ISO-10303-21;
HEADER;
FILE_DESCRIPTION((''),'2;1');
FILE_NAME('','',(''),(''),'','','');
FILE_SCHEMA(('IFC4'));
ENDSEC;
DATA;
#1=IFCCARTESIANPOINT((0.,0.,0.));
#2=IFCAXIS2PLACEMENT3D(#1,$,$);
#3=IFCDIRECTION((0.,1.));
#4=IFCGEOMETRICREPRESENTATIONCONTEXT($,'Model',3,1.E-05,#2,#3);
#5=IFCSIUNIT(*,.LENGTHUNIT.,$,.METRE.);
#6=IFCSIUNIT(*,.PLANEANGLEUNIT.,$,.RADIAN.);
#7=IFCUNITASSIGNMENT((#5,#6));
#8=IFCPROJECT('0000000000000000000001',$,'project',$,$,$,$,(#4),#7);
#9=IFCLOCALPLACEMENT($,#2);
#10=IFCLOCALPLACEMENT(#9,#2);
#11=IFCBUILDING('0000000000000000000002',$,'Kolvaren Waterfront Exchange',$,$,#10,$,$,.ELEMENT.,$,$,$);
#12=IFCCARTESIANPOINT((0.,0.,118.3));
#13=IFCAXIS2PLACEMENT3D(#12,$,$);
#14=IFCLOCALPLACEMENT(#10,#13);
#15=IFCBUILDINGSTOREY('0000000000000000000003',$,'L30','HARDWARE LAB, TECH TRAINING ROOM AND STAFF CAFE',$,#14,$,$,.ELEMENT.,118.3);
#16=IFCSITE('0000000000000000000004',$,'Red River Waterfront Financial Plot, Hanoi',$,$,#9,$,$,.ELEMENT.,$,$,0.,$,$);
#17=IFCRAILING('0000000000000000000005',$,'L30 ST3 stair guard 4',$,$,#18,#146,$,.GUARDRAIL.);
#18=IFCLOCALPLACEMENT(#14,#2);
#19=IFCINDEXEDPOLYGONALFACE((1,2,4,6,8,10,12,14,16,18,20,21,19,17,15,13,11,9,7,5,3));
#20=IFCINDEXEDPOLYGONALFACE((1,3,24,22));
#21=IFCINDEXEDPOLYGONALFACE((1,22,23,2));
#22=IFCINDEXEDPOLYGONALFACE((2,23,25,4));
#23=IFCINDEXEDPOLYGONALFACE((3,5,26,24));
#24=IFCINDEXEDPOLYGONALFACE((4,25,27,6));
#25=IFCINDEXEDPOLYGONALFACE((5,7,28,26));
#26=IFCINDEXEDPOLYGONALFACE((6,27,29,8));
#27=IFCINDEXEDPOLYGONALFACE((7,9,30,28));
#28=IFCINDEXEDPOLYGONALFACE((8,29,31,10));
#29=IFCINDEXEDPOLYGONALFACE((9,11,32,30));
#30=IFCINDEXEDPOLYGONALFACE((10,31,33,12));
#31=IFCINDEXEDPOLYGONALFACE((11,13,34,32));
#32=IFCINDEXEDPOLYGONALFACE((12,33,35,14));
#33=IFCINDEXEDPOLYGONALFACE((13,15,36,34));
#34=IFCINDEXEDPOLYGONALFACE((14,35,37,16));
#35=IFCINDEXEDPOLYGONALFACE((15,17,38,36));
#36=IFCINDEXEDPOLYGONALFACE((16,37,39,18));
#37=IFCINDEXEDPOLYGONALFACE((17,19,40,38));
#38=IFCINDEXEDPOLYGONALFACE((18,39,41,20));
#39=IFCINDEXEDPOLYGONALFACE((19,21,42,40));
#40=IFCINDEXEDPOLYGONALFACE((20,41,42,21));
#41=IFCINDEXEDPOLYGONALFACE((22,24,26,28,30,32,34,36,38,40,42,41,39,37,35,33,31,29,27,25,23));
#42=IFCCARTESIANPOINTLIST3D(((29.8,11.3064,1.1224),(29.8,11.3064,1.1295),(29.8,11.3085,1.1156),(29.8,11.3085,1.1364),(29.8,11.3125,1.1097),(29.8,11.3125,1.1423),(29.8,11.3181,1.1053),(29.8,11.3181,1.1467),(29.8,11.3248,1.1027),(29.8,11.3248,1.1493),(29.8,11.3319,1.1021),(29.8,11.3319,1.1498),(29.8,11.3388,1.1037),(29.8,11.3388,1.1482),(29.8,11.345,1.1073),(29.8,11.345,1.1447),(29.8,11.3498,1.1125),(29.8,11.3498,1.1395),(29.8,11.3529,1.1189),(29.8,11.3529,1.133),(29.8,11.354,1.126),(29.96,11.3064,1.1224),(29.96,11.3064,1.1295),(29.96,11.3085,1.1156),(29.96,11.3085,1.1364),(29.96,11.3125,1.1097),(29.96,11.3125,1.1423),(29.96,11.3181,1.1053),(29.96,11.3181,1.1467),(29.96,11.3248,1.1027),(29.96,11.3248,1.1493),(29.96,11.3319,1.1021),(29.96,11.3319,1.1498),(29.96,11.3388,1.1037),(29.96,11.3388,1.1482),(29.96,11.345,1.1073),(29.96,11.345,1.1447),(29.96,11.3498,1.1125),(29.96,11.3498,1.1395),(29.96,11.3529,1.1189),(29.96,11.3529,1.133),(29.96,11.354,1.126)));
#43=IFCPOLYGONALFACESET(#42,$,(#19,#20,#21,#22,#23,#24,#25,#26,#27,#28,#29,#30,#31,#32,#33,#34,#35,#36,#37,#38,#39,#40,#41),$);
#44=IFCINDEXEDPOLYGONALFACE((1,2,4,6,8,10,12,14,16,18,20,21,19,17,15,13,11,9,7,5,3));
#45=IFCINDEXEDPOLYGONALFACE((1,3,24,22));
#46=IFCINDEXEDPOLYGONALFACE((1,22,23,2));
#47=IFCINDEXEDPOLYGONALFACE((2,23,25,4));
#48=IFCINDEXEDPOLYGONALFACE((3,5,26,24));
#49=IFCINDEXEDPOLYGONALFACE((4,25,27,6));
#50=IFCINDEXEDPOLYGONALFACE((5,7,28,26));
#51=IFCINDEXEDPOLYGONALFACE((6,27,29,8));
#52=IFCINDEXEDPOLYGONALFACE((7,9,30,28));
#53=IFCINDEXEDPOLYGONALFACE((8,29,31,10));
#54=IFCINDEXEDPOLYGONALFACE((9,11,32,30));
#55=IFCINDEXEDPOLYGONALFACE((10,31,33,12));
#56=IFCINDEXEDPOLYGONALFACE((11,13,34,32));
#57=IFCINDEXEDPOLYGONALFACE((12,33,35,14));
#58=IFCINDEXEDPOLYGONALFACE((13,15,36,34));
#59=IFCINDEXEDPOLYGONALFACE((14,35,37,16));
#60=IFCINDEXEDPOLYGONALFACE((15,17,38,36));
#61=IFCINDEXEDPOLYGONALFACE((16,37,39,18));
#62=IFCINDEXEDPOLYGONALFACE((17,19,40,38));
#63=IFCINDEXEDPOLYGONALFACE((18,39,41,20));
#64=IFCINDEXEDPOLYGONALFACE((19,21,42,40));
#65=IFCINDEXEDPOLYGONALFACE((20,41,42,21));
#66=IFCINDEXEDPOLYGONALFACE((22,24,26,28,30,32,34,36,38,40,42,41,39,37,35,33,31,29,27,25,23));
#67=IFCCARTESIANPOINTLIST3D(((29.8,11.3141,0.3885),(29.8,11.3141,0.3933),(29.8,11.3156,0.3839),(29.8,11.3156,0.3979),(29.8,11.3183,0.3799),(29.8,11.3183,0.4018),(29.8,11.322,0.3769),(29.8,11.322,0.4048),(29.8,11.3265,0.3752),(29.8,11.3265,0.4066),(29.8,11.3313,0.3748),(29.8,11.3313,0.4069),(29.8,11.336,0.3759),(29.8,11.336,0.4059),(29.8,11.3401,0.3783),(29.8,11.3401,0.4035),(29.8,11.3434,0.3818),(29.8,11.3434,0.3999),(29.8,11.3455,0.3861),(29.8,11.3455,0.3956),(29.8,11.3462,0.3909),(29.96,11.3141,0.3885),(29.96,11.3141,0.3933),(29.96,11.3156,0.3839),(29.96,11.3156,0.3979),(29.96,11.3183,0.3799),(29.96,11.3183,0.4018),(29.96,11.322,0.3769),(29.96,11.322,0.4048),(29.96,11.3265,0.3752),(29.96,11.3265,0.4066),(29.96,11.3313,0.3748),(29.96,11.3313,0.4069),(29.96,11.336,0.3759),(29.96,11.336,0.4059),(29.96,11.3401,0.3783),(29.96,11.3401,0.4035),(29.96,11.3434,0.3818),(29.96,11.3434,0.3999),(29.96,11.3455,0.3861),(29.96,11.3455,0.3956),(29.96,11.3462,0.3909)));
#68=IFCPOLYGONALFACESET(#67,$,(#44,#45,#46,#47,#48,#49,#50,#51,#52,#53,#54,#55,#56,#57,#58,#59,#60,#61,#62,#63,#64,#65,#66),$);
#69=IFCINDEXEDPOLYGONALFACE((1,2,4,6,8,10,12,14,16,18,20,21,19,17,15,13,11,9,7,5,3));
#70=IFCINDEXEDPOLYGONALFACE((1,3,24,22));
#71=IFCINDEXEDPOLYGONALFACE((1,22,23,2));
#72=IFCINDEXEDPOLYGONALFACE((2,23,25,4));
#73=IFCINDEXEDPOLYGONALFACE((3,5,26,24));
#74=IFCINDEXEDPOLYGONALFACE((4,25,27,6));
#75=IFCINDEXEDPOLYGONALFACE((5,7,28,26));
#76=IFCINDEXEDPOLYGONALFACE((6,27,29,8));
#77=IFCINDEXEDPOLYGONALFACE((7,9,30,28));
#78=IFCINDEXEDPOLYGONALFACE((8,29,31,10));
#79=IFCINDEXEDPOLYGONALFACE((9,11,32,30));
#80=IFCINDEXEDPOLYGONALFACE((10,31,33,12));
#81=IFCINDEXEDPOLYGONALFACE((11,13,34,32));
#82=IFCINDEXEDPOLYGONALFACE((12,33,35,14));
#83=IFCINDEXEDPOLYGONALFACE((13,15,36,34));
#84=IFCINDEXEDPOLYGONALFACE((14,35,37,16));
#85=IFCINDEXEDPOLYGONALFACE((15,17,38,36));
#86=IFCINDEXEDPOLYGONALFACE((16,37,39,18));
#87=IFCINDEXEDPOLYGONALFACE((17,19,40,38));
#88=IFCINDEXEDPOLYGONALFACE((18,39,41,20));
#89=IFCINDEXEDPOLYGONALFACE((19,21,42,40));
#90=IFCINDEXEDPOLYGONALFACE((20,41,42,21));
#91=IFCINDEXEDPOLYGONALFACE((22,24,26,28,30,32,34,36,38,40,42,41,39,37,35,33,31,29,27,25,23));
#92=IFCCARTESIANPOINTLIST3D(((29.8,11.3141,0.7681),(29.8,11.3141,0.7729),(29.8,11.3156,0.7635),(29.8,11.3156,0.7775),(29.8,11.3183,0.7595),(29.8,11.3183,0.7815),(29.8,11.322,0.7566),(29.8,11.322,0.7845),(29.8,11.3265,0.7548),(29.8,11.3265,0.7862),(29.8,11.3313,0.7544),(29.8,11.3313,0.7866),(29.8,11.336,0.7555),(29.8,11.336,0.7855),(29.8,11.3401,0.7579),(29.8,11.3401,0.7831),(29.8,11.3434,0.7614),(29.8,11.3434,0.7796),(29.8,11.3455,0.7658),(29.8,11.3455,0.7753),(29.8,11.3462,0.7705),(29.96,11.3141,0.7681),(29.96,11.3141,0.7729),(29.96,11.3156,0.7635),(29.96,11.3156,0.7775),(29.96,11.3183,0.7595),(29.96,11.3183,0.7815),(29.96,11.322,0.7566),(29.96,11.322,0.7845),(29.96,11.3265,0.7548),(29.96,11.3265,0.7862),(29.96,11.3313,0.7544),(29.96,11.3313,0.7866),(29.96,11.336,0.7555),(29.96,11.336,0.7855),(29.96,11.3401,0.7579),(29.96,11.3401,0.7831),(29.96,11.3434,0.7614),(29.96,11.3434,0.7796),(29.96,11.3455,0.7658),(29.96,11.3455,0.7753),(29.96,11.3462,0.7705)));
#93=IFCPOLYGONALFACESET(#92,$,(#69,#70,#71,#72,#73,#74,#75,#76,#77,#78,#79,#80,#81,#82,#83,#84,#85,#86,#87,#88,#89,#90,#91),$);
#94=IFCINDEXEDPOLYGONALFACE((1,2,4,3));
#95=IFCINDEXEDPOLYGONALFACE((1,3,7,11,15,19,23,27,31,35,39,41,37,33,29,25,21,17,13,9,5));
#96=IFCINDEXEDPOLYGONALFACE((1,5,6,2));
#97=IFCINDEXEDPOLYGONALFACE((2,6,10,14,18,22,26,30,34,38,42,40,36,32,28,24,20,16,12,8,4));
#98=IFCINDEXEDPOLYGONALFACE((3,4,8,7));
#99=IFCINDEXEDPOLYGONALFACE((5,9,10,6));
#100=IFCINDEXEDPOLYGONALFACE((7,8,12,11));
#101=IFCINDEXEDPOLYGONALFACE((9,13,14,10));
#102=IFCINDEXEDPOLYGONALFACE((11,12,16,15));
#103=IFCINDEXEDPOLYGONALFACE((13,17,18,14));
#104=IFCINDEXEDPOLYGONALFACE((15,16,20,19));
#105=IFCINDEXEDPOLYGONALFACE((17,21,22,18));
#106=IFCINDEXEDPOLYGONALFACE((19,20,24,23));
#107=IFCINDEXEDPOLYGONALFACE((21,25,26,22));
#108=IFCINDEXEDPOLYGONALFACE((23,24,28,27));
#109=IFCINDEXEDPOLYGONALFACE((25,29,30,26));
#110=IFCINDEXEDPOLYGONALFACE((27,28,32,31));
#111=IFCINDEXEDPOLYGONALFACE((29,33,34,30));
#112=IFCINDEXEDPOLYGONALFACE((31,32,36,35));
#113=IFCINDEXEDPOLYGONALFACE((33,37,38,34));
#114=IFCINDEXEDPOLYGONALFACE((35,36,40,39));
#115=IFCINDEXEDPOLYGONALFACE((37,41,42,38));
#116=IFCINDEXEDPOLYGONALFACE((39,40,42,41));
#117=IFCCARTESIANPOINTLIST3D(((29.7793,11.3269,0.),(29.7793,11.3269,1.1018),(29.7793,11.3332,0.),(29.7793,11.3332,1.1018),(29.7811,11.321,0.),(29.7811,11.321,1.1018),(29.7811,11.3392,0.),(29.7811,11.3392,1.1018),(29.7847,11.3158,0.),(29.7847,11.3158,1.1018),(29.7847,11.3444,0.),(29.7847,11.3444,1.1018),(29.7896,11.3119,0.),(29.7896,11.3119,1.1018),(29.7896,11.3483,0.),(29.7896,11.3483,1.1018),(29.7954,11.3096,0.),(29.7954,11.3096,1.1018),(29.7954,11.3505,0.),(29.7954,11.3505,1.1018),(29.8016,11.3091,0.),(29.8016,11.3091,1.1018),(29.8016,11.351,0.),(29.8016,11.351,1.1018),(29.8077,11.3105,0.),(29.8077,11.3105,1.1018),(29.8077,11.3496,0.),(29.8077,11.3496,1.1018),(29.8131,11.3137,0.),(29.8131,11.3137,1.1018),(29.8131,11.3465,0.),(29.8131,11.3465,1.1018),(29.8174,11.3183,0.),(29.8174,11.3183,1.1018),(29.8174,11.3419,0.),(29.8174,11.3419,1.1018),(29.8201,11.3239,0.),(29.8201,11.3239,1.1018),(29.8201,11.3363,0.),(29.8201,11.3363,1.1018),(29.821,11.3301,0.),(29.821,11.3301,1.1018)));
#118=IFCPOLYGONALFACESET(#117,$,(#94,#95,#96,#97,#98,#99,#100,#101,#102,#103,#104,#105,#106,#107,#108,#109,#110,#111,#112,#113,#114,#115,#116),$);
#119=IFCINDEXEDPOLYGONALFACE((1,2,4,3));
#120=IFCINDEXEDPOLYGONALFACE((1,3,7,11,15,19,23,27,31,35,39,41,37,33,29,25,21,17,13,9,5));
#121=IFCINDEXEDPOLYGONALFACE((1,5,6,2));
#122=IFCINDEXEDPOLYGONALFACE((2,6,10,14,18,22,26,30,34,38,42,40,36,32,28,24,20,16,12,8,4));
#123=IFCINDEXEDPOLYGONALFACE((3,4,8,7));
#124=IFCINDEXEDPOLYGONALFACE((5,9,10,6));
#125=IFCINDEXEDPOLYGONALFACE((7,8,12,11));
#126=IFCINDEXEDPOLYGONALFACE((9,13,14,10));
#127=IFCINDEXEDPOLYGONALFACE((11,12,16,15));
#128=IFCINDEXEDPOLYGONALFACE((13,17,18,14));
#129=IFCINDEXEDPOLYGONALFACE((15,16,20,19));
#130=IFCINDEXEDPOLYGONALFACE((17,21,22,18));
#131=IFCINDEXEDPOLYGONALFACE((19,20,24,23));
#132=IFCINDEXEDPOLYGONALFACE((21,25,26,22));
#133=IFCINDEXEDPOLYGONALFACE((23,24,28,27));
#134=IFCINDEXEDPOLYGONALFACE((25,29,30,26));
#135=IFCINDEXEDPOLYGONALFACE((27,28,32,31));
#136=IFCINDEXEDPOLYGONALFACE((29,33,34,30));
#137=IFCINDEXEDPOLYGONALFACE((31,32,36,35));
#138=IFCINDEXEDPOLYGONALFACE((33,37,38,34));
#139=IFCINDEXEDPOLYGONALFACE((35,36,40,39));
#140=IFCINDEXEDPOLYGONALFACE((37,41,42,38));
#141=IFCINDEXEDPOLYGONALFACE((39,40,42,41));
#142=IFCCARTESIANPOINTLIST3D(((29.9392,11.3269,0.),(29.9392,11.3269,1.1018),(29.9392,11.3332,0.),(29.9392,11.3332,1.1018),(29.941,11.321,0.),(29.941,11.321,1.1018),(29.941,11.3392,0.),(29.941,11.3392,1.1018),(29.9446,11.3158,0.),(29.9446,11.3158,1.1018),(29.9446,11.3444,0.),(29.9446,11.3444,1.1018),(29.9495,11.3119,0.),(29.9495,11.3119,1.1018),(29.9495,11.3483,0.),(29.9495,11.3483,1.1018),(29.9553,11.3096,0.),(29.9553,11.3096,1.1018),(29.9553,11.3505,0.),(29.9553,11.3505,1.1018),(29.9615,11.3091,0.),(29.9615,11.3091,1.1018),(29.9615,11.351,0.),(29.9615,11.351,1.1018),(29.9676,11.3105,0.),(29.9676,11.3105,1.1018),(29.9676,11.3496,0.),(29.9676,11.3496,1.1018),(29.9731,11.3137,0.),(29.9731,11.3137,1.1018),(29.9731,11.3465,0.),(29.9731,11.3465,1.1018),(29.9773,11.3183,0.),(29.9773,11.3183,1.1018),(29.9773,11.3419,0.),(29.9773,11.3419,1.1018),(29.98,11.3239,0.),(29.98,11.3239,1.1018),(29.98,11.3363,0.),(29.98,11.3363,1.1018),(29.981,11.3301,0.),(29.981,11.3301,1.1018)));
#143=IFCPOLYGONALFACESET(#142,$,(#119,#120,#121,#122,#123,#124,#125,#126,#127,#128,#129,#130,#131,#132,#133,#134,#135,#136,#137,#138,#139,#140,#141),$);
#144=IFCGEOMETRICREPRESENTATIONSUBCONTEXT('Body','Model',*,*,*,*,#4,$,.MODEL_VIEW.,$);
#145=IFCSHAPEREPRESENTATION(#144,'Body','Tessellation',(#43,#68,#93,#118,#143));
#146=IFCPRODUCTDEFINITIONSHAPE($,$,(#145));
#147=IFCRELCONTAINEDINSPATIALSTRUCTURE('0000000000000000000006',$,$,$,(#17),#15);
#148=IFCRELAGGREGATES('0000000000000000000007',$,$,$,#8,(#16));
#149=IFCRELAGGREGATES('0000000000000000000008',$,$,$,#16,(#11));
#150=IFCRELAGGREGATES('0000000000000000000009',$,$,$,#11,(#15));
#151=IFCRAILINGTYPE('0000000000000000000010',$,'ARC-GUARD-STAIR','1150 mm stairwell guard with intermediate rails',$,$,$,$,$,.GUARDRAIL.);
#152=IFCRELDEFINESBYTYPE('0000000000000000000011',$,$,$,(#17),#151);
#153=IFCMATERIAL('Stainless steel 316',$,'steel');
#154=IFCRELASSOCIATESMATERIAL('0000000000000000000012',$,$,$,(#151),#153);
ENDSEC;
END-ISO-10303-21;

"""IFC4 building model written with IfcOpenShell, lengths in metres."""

from ifc_helpers import new_model, si_unit, direction, frame, origin, origin_2d, place, context, subcontext, project, spatial, circle, extrude, material, type_object, element, save


model = new_model("IFC4")

# Units and contexts
model_context = context("Model", 3, precision=1e-05, world=origin(), true_north=direction((0.0, 1.0)))
body_context = subcontext(model_context, "Body", "Model", "MODEL_VIEW")
ifc_project = project(units=[si_unit("LENGTHUNIT", "METRE"), si_unit("PLANEANGLEUNIT", "RADIAN")], contexts=[model_context])

# Site, building, storey
site_placement = place(None, origin())
site = spatial("IfcSite", under=ifc_project, at=site_placement, Name="Red River Waterfront Financial Plot, Hanoi", CompositionType="ELEMENT", RefElevation=0.0)
building_placement = place(site_placement, origin())
building = spatial("IfcBuilding", under=site, at=building_placement, Name="Kolvaren Waterfront Exchange", CompositionType="ELEMENT")
storey_placement = place(building_placement, frame((0.0, 0.0, 118.3)))
storey = spatial("IfcBuildingStorey", under=building, at=storey_placement, Name="L30", Description="HARDWARE LAB, TECH TRAINING ROOM AND STAFF CAFE", CompositionType="ELEMENT", Elevation=118.3)

# Railing
ifc_material_1 = material(Name="Stainless steel 316", Category="steel")
railing_type_1 = type_object("IfcRailingType", Name="ARC-GUARD-STAIR", Description="1150 mm stairwell guard with intermediate rails", PredefinedType="GUARDRAIL", material=ifc_material_1)
railing_1_placement = place(storey_placement, frame((29.8, 11.3301, 0.0)))
element("IfcRailing", 1, at=railing_1_placement, inside=storey, type_object=railing_type_1, Name="L30 ST3 stair guard 4", PredefinedType="GUARDRAIL", context=body_context, shape_type="SweptSolid", body=[
    extrude(circle(Radius=0.0239, at=origin_2d()), frame((0.0, 0.0, 1.126), z_axis=(1.0, 0.0, 0.0), x_axis=(0.0, 1.0, 0.0)), (0.0, 0.0, 1.0), 0.1599),
    extrude(circle(Radius=0.0161, at=origin_2d()), frame((0.0, 0.0, 0.3909), z_axis=(1.0, 0.0, 0.0), x_axis=(0.0, 1.0, 0.0)), (0.0, 0.0, 1.0), 0.1599),
    extrude(circle(Radius=0.0161, at=origin_2d()), frame((0.0, 0.0, 0.7705), z_axis=(1.0, 0.0, 0.0), x_axis=(0.0, 1.0, 0.0)), (0.0, 0.0, 1.0), 0.1599),
    extrude(circle(Radius=0.021, at=origin_2d()), origin(), (0.0, 0.0, 1.0), 1.1018),
    extrude(circle(Radius=0.021, at=origin_2d()), frame((0.1599, 0.0, 0.0)), (0.0, 0.0, 1.0), 1.1018),
])

save(model, "model.ifc")
